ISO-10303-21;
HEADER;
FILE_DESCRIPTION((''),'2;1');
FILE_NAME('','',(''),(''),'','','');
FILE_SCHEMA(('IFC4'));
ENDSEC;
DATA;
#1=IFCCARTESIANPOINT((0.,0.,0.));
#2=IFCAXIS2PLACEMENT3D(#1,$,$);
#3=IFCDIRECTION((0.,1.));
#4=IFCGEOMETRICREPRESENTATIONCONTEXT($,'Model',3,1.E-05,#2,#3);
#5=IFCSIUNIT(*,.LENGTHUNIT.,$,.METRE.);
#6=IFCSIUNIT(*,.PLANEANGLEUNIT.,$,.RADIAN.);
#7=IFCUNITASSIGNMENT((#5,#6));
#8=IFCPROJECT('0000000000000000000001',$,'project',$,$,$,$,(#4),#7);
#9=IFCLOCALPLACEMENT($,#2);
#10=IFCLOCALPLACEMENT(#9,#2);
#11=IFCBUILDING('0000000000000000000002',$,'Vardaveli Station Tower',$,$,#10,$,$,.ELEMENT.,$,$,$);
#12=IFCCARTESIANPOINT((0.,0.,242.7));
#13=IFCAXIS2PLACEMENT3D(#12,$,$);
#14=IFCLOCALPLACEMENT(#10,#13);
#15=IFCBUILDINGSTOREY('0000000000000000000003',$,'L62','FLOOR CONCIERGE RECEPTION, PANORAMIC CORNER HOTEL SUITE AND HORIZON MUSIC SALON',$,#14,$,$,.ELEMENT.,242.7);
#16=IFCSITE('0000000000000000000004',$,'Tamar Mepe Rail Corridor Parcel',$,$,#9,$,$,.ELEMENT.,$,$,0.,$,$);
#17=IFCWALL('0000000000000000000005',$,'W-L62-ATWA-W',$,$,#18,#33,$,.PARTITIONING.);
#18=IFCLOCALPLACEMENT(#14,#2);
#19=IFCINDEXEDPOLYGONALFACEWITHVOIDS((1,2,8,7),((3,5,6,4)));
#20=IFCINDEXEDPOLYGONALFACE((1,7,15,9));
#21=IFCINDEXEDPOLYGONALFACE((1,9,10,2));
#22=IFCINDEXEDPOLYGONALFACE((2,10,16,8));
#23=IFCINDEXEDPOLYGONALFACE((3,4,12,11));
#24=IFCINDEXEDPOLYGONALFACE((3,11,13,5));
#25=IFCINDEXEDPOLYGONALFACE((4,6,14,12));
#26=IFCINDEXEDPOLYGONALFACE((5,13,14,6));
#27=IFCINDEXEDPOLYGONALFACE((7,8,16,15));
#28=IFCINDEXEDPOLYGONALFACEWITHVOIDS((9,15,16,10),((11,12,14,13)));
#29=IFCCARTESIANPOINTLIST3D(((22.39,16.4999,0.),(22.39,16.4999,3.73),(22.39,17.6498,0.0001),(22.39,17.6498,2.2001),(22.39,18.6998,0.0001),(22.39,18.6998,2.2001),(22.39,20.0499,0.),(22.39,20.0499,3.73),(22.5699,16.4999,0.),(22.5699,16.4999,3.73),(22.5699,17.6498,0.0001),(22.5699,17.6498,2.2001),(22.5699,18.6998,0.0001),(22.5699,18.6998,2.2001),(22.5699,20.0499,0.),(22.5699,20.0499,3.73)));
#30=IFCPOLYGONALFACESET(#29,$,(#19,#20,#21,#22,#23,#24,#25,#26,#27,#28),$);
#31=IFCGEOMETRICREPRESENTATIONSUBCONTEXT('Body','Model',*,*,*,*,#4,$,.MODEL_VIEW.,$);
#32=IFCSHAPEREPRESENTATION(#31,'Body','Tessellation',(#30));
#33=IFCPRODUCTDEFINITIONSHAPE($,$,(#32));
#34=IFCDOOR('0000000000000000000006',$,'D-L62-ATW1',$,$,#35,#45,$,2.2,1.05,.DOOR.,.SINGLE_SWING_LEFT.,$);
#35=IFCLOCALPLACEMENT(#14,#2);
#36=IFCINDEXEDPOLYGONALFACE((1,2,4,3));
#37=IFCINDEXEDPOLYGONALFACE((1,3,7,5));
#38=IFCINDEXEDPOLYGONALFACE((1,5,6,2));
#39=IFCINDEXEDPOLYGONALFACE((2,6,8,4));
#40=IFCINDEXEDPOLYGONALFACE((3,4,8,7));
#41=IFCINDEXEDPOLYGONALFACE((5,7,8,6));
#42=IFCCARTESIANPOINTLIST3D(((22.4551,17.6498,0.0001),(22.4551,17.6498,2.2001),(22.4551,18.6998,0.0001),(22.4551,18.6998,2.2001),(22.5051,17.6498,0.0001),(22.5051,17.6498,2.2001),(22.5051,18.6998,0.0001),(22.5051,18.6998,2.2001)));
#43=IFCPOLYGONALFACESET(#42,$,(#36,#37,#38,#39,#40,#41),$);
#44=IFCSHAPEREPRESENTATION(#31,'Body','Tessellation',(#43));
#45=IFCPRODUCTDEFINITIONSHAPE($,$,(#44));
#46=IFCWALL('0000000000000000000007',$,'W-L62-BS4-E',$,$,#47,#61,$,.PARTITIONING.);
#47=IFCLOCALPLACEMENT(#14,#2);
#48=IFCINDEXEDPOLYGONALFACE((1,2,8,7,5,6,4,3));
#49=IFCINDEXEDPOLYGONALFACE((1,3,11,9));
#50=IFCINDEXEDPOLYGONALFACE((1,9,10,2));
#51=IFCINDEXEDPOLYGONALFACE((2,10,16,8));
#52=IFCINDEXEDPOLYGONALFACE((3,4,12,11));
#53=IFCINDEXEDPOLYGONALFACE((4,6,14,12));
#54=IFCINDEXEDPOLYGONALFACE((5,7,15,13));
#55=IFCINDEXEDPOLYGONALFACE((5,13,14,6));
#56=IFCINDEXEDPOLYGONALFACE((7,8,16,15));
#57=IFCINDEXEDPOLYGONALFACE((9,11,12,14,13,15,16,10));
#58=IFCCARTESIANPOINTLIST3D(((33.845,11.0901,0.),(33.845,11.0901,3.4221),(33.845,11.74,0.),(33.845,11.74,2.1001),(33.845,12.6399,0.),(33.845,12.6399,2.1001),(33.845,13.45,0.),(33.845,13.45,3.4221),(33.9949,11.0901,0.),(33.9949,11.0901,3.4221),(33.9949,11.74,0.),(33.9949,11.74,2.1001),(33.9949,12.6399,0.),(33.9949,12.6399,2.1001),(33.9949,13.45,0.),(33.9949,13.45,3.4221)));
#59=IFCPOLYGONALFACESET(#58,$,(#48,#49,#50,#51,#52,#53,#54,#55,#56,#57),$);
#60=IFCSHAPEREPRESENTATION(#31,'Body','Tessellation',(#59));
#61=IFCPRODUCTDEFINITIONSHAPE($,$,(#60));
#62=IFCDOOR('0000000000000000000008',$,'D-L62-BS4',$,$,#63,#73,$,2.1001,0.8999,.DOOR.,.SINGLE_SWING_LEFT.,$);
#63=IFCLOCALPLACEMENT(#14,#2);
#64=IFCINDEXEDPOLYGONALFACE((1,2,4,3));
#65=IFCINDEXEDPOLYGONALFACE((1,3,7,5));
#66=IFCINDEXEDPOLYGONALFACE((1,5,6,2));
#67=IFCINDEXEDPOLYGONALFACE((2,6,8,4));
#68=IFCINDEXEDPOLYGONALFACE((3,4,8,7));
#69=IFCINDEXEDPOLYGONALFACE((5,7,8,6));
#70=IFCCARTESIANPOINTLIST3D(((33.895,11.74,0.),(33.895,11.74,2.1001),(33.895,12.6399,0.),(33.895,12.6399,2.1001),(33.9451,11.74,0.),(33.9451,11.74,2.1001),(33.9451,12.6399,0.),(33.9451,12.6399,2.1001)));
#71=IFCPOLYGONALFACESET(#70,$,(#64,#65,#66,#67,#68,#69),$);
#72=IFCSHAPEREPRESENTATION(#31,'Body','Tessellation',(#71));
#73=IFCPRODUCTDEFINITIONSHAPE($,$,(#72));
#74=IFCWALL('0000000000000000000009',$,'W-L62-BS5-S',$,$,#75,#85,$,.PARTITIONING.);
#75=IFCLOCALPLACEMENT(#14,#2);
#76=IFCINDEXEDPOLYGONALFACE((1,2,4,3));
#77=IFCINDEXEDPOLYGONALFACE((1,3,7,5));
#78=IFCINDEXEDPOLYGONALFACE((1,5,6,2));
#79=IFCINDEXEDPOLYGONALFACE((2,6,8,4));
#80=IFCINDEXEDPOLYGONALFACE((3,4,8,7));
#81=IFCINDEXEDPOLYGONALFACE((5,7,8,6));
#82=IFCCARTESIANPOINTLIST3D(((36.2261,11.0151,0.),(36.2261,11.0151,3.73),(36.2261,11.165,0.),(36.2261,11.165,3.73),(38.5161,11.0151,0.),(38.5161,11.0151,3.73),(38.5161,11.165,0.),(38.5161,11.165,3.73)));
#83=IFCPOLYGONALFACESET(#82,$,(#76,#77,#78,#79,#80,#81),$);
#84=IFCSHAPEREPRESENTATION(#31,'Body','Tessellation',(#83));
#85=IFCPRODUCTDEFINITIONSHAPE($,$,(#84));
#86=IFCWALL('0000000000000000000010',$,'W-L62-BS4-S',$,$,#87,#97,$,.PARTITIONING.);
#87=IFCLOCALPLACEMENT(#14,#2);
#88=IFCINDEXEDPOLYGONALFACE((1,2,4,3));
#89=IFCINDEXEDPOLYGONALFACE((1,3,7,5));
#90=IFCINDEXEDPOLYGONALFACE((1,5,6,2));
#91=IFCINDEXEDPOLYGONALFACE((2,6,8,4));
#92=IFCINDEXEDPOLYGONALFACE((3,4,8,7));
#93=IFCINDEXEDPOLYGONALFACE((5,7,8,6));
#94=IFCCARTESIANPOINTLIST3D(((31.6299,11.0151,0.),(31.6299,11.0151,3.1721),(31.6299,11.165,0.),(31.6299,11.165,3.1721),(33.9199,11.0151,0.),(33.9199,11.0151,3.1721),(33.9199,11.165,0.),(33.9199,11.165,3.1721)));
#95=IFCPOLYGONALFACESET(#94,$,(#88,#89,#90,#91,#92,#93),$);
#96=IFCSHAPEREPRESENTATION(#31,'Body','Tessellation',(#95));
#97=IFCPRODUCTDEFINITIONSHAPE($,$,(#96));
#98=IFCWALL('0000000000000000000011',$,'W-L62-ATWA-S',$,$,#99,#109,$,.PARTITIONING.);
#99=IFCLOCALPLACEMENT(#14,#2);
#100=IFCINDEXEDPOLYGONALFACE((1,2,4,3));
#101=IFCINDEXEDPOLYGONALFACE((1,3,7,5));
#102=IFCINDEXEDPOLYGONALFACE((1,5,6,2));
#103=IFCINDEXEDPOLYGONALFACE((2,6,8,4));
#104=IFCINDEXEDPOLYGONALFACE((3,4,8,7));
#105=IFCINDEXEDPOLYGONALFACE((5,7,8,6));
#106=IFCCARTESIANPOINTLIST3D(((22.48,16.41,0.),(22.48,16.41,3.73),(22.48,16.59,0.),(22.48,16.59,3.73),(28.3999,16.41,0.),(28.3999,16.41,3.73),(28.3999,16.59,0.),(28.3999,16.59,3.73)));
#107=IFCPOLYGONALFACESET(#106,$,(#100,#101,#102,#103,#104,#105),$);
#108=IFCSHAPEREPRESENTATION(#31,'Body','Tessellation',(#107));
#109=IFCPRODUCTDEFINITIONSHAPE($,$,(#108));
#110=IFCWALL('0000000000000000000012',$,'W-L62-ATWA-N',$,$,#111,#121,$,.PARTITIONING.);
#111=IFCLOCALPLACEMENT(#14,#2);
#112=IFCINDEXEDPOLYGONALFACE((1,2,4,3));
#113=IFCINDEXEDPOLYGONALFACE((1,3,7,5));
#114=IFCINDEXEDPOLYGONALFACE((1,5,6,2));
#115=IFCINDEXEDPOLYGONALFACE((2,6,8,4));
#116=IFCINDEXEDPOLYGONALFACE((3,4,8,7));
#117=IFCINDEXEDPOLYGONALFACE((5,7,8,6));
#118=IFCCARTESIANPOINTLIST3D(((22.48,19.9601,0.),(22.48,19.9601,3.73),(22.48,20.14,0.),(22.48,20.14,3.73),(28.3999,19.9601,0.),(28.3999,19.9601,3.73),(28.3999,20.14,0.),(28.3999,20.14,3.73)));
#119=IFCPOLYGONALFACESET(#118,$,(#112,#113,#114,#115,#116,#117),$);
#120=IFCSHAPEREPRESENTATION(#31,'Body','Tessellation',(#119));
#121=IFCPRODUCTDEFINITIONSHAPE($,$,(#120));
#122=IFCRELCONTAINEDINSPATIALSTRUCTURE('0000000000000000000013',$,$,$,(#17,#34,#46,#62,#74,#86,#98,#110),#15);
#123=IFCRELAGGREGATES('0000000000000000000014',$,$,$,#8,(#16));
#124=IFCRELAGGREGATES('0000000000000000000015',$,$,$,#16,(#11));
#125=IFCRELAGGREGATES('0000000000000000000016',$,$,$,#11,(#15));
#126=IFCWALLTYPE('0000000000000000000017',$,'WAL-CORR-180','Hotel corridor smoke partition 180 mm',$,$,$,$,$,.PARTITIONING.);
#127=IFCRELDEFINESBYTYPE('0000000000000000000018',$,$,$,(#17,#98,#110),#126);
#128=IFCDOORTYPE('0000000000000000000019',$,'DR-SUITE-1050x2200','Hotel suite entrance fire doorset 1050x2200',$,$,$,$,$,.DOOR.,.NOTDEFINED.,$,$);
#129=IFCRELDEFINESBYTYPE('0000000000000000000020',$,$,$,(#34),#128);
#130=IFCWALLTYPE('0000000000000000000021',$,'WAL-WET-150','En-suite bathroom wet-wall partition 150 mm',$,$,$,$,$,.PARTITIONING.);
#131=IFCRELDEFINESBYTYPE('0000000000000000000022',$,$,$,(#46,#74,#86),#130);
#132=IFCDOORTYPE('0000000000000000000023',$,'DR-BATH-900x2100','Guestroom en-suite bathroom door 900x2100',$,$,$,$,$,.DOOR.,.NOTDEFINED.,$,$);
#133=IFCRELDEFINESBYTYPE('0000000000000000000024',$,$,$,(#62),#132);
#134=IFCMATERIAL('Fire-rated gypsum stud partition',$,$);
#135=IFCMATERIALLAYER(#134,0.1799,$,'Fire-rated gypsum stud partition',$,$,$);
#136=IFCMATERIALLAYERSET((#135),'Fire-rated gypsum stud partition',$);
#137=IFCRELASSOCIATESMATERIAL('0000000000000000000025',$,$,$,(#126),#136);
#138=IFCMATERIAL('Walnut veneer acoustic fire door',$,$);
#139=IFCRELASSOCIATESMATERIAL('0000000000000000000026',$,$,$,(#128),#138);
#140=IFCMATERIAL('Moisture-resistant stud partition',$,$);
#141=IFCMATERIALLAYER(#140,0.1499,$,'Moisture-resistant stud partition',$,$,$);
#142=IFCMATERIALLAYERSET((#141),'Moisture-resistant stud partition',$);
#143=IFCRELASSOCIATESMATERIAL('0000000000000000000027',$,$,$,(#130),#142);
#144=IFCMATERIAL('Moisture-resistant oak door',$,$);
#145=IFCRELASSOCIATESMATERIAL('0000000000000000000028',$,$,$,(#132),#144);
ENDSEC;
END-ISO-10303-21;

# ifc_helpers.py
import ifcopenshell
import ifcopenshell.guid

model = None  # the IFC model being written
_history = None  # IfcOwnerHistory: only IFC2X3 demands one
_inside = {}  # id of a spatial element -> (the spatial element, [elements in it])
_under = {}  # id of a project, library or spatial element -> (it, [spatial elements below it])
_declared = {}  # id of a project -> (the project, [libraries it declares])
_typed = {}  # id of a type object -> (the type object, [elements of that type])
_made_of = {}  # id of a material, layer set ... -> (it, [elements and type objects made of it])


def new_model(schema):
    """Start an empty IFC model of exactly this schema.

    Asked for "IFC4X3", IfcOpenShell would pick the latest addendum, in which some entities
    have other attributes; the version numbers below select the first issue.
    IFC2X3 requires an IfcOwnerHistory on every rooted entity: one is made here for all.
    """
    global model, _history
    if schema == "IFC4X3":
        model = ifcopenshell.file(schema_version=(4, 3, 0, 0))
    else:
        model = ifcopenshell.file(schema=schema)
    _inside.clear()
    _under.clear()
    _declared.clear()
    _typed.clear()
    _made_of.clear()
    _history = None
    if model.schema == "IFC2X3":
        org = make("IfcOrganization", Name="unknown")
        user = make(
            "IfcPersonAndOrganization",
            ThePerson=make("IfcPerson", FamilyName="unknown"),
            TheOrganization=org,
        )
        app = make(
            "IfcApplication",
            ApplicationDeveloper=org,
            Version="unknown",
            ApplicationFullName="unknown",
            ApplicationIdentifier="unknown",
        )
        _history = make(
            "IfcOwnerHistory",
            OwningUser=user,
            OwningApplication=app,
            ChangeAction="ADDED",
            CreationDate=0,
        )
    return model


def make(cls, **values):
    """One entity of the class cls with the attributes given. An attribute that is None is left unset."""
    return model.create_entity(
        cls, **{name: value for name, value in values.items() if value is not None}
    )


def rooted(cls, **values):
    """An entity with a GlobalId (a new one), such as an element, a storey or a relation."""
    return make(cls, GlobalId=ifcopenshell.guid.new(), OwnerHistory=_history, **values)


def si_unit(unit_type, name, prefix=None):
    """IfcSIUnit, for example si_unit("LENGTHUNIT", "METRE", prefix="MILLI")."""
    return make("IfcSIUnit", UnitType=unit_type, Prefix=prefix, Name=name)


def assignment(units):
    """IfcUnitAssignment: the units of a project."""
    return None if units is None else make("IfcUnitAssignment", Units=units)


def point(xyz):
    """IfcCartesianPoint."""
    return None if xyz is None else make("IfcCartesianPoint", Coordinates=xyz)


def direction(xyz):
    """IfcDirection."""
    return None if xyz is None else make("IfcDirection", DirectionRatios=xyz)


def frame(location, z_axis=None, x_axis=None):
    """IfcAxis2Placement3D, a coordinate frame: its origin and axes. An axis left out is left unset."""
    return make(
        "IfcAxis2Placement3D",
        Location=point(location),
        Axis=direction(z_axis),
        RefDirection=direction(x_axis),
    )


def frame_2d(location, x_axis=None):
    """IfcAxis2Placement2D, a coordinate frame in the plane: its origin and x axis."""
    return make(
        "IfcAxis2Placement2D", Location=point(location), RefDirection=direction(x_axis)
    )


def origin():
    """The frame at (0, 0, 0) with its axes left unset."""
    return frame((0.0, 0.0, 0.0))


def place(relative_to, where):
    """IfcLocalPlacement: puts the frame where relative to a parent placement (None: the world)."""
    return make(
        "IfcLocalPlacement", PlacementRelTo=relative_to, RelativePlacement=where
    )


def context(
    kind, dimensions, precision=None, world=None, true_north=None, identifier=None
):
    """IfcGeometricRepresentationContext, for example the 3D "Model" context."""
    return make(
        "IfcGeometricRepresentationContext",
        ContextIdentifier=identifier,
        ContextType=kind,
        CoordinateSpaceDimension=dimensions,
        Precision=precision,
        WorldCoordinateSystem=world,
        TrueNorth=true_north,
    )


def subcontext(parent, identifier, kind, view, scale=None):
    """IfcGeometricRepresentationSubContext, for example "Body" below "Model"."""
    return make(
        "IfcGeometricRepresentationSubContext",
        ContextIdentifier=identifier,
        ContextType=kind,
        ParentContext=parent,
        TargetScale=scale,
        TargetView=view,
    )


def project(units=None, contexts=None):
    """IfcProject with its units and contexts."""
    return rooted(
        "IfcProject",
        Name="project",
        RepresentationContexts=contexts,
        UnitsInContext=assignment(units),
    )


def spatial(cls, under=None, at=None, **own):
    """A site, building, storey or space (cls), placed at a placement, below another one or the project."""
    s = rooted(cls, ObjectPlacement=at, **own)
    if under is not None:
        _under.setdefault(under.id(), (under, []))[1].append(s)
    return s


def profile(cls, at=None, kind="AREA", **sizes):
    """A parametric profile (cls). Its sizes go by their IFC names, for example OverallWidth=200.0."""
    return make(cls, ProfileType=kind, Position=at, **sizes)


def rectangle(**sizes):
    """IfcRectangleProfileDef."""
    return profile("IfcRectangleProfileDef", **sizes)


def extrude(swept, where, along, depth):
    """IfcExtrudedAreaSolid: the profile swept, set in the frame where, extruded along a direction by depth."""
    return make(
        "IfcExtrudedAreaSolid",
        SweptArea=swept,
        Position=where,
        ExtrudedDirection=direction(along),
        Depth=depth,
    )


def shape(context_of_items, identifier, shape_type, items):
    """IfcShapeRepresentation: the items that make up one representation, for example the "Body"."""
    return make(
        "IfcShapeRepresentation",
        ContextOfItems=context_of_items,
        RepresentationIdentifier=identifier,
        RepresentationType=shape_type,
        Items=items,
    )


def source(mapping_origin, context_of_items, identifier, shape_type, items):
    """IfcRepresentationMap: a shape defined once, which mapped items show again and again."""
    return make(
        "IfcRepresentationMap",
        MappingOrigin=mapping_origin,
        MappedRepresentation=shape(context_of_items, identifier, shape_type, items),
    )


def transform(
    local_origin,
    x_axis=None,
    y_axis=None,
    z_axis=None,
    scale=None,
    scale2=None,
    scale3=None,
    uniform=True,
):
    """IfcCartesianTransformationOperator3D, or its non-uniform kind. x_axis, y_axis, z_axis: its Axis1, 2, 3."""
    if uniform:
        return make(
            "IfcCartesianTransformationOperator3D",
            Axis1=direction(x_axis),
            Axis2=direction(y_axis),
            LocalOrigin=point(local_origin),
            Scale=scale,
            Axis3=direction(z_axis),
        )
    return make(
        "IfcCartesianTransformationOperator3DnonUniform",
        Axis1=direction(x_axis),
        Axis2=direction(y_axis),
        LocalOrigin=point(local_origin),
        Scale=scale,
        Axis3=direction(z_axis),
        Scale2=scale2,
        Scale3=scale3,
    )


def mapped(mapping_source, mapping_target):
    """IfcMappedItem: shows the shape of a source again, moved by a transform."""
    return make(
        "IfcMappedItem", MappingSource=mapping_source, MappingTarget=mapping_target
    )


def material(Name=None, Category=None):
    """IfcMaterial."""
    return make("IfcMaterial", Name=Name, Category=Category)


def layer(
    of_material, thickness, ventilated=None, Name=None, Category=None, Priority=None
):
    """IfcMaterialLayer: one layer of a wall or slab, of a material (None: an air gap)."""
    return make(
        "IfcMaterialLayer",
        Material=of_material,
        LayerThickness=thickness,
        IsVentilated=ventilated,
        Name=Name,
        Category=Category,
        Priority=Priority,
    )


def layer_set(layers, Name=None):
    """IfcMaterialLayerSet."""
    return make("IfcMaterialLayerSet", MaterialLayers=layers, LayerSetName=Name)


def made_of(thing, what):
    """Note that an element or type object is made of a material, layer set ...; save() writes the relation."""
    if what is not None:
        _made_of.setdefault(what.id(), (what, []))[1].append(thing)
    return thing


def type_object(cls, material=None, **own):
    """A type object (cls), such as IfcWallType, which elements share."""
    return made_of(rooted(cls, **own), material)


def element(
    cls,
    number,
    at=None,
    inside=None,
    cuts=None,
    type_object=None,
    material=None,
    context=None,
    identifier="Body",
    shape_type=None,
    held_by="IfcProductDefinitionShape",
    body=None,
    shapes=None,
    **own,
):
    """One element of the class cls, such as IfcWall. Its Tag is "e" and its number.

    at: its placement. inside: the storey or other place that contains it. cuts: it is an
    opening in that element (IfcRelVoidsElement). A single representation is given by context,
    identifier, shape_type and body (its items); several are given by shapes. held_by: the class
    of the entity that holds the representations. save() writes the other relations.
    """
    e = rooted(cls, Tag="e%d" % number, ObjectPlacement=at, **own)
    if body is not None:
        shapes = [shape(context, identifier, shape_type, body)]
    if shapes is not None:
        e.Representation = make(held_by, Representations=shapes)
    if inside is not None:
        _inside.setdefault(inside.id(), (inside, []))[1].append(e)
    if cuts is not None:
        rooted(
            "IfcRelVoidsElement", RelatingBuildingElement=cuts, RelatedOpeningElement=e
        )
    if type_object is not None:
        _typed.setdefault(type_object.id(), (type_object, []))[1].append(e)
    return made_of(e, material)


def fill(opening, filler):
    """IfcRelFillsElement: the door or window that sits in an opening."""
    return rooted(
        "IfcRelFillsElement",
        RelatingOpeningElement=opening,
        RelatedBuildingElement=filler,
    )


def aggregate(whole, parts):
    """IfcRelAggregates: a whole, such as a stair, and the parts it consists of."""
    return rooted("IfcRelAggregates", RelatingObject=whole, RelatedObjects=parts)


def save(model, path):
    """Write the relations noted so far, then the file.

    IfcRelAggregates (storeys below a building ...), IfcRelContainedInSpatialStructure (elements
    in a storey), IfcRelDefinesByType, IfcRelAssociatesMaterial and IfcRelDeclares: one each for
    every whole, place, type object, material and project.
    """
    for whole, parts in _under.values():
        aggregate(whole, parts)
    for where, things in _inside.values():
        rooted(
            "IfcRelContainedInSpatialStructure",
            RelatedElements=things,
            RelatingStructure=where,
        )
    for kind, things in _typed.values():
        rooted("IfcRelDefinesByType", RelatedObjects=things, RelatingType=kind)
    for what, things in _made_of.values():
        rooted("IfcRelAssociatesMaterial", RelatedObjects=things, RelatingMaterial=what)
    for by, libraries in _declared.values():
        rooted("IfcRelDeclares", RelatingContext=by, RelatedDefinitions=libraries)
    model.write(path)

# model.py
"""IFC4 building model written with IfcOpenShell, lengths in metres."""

from ifc_helpers import new_model, si_unit, direction, frame, frame_2d, origin, place, context, subcontext, project, spatial, rectangle, extrude, source, transform, mapped, material, layer, layer_set, type_object, element, fill, save


model = new_model("IFC4")

# Units and contexts
model_context = context("Model", 3, precision=1e-05, world=origin(), true_north=direction((0.0, 1.0)))
body_context = subcontext(model_context, "Body", "Model", "MODEL_VIEW")
ifc_project = project(units=[si_unit("LENGTHUNIT", "METRE"), si_unit("PLANEANGLEUNIT", "RADIAN")], contexts=[model_context])

# Site, building, storey
site_placement = place(None, origin())
site = spatial("IfcSite", under=ifc_project, at=site_placement, Name="Tamar Mepe Rail Corridor Parcel", CompositionType="ELEMENT", RefElevation=0.0)
building_placement = place(site_placement, origin())
building = spatial("IfcBuilding", under=site, at=building_placement, Name="Vardaveli Station Tower", CompositionType="ELEMENT")
storey_placement = place(building_placement, frame((0.0, 0.0, 242.7)))
storey = spatial("IfcBuildingStorey", under=building, at=storey_placement, Name="L62", Description="FLOOR CONCIERGE RECEPTION, PANORAMIC CORNER HOTEL SUITE AND HORIZON MUSIC SALON", CompositionType="ELEMENT", Elevation=242.7)

# Walls, openings, doors
ifc_material_1 = material(Name="Fire-rated gypsum stud partition")
ifc_layer_1 = layer(ifc_material_1, 0.1799, Name="Fire-rated gypsum stud partition")
ifc_layer_set_1 = layer_set([ifc_layer_1], Name="Fire-rated gypsum stud partition")
wall_type_1 = type_object("IfcWallType", Name="WAL-CORR-180", Description="Hotel corridor smoke partition 180 mm", PredefinedType="PARTITIONING", material=ifc_layer_set_1)
shared_shape_1 = source(origin(), body_context, "Body", "SweptSolid", [
    extrude(rectangle(XDim=1.05, YDim=2.2, at=frame_2d((0.5249, 1.1001))), frame((0.0, 0.1001, 0.0), z_axis=(0.0, -1.0, 0.0), x_axis=(1.0, 0.0, 0.0)), (0.0, 0.0, 1.0), 0.2),
])
ifc_material_2 = material(Name="Walnut veneer acoustic fire door")
door_type_1 = type_object("IfcDoorType", Name="DR-SUITE-1050x2200", Description="Hotel suite entrance fire doorset 1050x2200", OperationType="NOTDEFINED", PredefinedType="DOOR", material=ifc_material_2)
shared_shape_2 = source(origin(), body_context, "Body", "SweptSolid", [
    extrude(rectangle(XDim=1.05, YDim=2.2, at=frame_2d((0.5249, 1.1001))), frame((0.0, 0.0249, 0.0), z_axis=(0.0, -1.0, 0.0), x_axis=(1.0, 0.0, 0.0)), (0.0, 0.0, 1.0), 0.05),
])
shared_shape_3 = source(origin(), body_context, "Body", "SweptSolid", [
    extrude(rectangle(XDim=3.55, YDim=0.1799, at=frame_2d((1.7749, 0.0))), origin(), (0.0, 0.0, 1.0), 3.73),
])
wall_1_placement = place(storey_placement, frame((22.48, 16.5, 0.0), z_axis=(0.0, 0.0, 1.0), x_axis=(0.0, 1.0, 0.0)))
wall_1 = element("IfcWall", 1, at=wall_1_placement, inside=storey, type_object=wall_type_1, Name="W-L62-ATWA-W", PredefinedType="PARTITIONING", context=body_context, shape_type="MappedRepresentation", body=[
    mapped(shared_shape_3, transform((0.0, 0.0, 0.0), scale=1.0)),
])
opening_1_placement = place(wall_1_placement, frame((1.1499, 0.0, 0.0)))
opening_1 = element("IfcOpeningElement", 2, at=opening_1_placement, cuts=wall_1, PredefinedType="OPENING", context=body_context, shape_type="MappedRepresentation", body=[
    mapped(shared_shape_1, transform((0.0, 0.0, 0.0), scale=1.0)),
])
door_1_placement = place(opening_1_placement, origin())
door_1 = element("IfcDoor", 3, at=door_1_placement, inside=storey, type_object=door_type_1, Name="D-L62-ATW1", OperationType="SINGLE_SWING_LEFT", OverallHeight=2.2, OverallWidth=1.05, PredefinedType="DOOR", context=body_context, shape_type="MappedRepresentation", body=[
    mapped(shared_shape_2, transform((0.0, 0.0, 0.0), scale=1.0)),
])
fill(opening_1, door_1)
ifc_material_3 = material(Name="Moisture-resistant stud partition")
ifc_layer_2 = layer(ifc_material_3, 0.1499, Name="Moisture-resistant stud partition")
ifc_layer_set_2 = layer_set([ifc_layer_2], Name="Moisture-resistant stud partition")
wall_type_2 = type_object("IfcWallType", Name="WAL-WET-150", Description="En-suite bathroom wet-wall partition 150 mm", PredefinedType="PARTITIONING", material=ifc_layer_set_2)
shared_shape_4 = source(origin(), body_context, "Body", "SweptSolid", [
    extrude(rectangle(XDim=2.3599, YDim=0.1499, at=frame_2d((1.1799, 0.0))), origin(), (0.0, 0.0, 1.0), 3.4221),
])
wall_2_placement = place(storey_placement, frame((33.9199, 11.0901, 0.0), z_axis=(0.0, 0.0, 1.0), x_axis=(0.0, 1.0, 0.0)))
wall_2 = element("IfcWall", 4, at=wall_2_placement, inside=storey, type_object=wall_type_2, Name="W-L62-BS4-E", PredefinedType="PARTITIONING", context=body_context, shape_type="MappedRepresentation", body=[
    mapped(shared_shape_4, transform((0.0, 0.0, 0.0), scale=1.0)),
])
shared_shape_5 = source(origin(), body_context, "Body", "SweptSolid", [
    extrude(rectangle(XDim=0.8999, YDim=2.1001, at=frame_2d((0.45, 1.05))), frame((0.0, 0.085, 0.0), z_axis=(0.0, -1.0, 0.0), x_axis=(1.0, 0.0, 0.0)), (0.0, 0.0, 1.0), 0.1699),
])
opening_2_placement = place(wall_2_placement, frame((0.6499, 0.0, 0.0)))
opening_2 = element("IfcOpeningElement", 5, at=opening_2_placement, cuts=wall_2, PredefinedType="OPENING", context=body_context, shape_type="MappedRepresentation", body=[
    mapped(shared_shape_5, transform((0.0, 0.0, 0.0), scale=1.0)),
])
ifc_material_4 = material(Name="Moisture-resistant oak door")
door_type_2 = type_object("IfcDoorType", Name="DR-BATH-900x2100", Description="Guestroom en-suite bathroom door 900x2100", OperationType="NOTDEFINED", PredefinedType="DOOR", material=ifc_material_4)
shared_shape_6 = source(origin(), body_context, "Body", "SweptSolid", [
    extrude(rectangle(XDim=0.8999, YDim=2.1001, at=frame_2d((0.45, 1.05))), frame((0.0, 0.0249, 0.0), z_axis=(0.0, -1.0, 0.0), x_axis=(1.0, 0.0, 0.0)), (0.0, 0.0, 1.0), 0.05),
])
door_2_placement = place(opening_2_placement, origin())
door_2 = element("IfcDoor", 6, at=door_2_placement, inside=storey, type_object=door_type_2, Name="D-L62-BS4", OperationType="SINGLE_SWING_LEFT", OverallHeight=2.1001, OverallWidth=0.8999, PredefinedType="DOOR", context=body_context, shape_type="MappedRepresentation", body=[
    mapped(shared_shape_6, transform((0.0, 0.0, 0.0), scale=1.0)),
])
fill(opening_2, door_2)

# Walls
shared_shape_7 = source(origin(), body_context, "Body", "SweptSolid", [
    extrude(rectangle(XDim=2.29, YDim=0.1499, at=frame_2d((1.145, 0.0))), origin(), (0.0, 0.0, 1.0), 3.73),
])
wall_3_placement = place(storey_placement, frame((36.2261, 11.0901, 0.0), z_axis=(0.0, 0.0, 1.0), x_axis=(1.0, 0.0, 0.0)))
element("IfcWall", 7, at=wall_3_placement, inside=storey, type_object=wall_type_2, Name="W-L62-BS5-S", PredefinedType="PARTITIONING", context=body_context, shape_type="MappedRepresentation", body=[
    mapped(shared_shape_7, transform((0.0, 0.0, 0.0), scale=1.0)),
])
shared_shape_8 = source(origin(), body_context, "Body", "SweptSolid", [
    extrude(rectangle(XDim=2.29, YDim=0.1499, at=frame_2d((1.145, 0.0))), origin(), (0.0, 0.0, 1.0), 3.1721),
])
wall_4_placement = place(storey_placement, frame((31.6299, 11.0901, 0.0), z_axis=(0.0, 0.0, 1.0), x_axis=(1.0, 0.0, 0.0)))
element("IfcWall", 8, at=wall_4_placement, inside=storey, type_object=wall_type_2, Name="W-L62-BS4-S", PredefinedType="PARTITIONING", context=body_context, shape_type="MappedRepresentation", body=[
    mapped(shared_shape_8, transform((0.0, 0.0, 0.0), scale=1.0)),
])
shared_shape_9 = source(origin(), body_context, "Body", "SweptSolid", [
    extrude(rectangle(XDim=5.9199, YDim=0.1799, at=frame_2d((2.96, 0.0))), origin(), (0.0, 0.0, 1.0), 3.73),
])
for number, where, z_axis, x_axis, name in (
    (9, (22.48, 16.5, 0.0), (0.0, 0.0, 1.0), (1.0, 0.0, 0.0), "W-L62-ATWA-S"),
    (10, (22.48, 20.05, 0.0), (0.0, 0.0, 1.0), (1.0, 0.0, 0.0), "W-L62-ATWA-N"),
):
    element("IfcWall", number, at=place(storey_placement, frame(where, z_axis=z_axis, x_axis=x_axis)), inside=storey, type_object=wall_type_1, Name=name, PredefinedType="PARTITIONING", context=body_context, shape_type="MappedRepresentation", body=[
        mapped(shared_shape_9, transform((0.0, 0.0, 0.0), scale=1.0)),
    ])

save(model, "model.ifc")
